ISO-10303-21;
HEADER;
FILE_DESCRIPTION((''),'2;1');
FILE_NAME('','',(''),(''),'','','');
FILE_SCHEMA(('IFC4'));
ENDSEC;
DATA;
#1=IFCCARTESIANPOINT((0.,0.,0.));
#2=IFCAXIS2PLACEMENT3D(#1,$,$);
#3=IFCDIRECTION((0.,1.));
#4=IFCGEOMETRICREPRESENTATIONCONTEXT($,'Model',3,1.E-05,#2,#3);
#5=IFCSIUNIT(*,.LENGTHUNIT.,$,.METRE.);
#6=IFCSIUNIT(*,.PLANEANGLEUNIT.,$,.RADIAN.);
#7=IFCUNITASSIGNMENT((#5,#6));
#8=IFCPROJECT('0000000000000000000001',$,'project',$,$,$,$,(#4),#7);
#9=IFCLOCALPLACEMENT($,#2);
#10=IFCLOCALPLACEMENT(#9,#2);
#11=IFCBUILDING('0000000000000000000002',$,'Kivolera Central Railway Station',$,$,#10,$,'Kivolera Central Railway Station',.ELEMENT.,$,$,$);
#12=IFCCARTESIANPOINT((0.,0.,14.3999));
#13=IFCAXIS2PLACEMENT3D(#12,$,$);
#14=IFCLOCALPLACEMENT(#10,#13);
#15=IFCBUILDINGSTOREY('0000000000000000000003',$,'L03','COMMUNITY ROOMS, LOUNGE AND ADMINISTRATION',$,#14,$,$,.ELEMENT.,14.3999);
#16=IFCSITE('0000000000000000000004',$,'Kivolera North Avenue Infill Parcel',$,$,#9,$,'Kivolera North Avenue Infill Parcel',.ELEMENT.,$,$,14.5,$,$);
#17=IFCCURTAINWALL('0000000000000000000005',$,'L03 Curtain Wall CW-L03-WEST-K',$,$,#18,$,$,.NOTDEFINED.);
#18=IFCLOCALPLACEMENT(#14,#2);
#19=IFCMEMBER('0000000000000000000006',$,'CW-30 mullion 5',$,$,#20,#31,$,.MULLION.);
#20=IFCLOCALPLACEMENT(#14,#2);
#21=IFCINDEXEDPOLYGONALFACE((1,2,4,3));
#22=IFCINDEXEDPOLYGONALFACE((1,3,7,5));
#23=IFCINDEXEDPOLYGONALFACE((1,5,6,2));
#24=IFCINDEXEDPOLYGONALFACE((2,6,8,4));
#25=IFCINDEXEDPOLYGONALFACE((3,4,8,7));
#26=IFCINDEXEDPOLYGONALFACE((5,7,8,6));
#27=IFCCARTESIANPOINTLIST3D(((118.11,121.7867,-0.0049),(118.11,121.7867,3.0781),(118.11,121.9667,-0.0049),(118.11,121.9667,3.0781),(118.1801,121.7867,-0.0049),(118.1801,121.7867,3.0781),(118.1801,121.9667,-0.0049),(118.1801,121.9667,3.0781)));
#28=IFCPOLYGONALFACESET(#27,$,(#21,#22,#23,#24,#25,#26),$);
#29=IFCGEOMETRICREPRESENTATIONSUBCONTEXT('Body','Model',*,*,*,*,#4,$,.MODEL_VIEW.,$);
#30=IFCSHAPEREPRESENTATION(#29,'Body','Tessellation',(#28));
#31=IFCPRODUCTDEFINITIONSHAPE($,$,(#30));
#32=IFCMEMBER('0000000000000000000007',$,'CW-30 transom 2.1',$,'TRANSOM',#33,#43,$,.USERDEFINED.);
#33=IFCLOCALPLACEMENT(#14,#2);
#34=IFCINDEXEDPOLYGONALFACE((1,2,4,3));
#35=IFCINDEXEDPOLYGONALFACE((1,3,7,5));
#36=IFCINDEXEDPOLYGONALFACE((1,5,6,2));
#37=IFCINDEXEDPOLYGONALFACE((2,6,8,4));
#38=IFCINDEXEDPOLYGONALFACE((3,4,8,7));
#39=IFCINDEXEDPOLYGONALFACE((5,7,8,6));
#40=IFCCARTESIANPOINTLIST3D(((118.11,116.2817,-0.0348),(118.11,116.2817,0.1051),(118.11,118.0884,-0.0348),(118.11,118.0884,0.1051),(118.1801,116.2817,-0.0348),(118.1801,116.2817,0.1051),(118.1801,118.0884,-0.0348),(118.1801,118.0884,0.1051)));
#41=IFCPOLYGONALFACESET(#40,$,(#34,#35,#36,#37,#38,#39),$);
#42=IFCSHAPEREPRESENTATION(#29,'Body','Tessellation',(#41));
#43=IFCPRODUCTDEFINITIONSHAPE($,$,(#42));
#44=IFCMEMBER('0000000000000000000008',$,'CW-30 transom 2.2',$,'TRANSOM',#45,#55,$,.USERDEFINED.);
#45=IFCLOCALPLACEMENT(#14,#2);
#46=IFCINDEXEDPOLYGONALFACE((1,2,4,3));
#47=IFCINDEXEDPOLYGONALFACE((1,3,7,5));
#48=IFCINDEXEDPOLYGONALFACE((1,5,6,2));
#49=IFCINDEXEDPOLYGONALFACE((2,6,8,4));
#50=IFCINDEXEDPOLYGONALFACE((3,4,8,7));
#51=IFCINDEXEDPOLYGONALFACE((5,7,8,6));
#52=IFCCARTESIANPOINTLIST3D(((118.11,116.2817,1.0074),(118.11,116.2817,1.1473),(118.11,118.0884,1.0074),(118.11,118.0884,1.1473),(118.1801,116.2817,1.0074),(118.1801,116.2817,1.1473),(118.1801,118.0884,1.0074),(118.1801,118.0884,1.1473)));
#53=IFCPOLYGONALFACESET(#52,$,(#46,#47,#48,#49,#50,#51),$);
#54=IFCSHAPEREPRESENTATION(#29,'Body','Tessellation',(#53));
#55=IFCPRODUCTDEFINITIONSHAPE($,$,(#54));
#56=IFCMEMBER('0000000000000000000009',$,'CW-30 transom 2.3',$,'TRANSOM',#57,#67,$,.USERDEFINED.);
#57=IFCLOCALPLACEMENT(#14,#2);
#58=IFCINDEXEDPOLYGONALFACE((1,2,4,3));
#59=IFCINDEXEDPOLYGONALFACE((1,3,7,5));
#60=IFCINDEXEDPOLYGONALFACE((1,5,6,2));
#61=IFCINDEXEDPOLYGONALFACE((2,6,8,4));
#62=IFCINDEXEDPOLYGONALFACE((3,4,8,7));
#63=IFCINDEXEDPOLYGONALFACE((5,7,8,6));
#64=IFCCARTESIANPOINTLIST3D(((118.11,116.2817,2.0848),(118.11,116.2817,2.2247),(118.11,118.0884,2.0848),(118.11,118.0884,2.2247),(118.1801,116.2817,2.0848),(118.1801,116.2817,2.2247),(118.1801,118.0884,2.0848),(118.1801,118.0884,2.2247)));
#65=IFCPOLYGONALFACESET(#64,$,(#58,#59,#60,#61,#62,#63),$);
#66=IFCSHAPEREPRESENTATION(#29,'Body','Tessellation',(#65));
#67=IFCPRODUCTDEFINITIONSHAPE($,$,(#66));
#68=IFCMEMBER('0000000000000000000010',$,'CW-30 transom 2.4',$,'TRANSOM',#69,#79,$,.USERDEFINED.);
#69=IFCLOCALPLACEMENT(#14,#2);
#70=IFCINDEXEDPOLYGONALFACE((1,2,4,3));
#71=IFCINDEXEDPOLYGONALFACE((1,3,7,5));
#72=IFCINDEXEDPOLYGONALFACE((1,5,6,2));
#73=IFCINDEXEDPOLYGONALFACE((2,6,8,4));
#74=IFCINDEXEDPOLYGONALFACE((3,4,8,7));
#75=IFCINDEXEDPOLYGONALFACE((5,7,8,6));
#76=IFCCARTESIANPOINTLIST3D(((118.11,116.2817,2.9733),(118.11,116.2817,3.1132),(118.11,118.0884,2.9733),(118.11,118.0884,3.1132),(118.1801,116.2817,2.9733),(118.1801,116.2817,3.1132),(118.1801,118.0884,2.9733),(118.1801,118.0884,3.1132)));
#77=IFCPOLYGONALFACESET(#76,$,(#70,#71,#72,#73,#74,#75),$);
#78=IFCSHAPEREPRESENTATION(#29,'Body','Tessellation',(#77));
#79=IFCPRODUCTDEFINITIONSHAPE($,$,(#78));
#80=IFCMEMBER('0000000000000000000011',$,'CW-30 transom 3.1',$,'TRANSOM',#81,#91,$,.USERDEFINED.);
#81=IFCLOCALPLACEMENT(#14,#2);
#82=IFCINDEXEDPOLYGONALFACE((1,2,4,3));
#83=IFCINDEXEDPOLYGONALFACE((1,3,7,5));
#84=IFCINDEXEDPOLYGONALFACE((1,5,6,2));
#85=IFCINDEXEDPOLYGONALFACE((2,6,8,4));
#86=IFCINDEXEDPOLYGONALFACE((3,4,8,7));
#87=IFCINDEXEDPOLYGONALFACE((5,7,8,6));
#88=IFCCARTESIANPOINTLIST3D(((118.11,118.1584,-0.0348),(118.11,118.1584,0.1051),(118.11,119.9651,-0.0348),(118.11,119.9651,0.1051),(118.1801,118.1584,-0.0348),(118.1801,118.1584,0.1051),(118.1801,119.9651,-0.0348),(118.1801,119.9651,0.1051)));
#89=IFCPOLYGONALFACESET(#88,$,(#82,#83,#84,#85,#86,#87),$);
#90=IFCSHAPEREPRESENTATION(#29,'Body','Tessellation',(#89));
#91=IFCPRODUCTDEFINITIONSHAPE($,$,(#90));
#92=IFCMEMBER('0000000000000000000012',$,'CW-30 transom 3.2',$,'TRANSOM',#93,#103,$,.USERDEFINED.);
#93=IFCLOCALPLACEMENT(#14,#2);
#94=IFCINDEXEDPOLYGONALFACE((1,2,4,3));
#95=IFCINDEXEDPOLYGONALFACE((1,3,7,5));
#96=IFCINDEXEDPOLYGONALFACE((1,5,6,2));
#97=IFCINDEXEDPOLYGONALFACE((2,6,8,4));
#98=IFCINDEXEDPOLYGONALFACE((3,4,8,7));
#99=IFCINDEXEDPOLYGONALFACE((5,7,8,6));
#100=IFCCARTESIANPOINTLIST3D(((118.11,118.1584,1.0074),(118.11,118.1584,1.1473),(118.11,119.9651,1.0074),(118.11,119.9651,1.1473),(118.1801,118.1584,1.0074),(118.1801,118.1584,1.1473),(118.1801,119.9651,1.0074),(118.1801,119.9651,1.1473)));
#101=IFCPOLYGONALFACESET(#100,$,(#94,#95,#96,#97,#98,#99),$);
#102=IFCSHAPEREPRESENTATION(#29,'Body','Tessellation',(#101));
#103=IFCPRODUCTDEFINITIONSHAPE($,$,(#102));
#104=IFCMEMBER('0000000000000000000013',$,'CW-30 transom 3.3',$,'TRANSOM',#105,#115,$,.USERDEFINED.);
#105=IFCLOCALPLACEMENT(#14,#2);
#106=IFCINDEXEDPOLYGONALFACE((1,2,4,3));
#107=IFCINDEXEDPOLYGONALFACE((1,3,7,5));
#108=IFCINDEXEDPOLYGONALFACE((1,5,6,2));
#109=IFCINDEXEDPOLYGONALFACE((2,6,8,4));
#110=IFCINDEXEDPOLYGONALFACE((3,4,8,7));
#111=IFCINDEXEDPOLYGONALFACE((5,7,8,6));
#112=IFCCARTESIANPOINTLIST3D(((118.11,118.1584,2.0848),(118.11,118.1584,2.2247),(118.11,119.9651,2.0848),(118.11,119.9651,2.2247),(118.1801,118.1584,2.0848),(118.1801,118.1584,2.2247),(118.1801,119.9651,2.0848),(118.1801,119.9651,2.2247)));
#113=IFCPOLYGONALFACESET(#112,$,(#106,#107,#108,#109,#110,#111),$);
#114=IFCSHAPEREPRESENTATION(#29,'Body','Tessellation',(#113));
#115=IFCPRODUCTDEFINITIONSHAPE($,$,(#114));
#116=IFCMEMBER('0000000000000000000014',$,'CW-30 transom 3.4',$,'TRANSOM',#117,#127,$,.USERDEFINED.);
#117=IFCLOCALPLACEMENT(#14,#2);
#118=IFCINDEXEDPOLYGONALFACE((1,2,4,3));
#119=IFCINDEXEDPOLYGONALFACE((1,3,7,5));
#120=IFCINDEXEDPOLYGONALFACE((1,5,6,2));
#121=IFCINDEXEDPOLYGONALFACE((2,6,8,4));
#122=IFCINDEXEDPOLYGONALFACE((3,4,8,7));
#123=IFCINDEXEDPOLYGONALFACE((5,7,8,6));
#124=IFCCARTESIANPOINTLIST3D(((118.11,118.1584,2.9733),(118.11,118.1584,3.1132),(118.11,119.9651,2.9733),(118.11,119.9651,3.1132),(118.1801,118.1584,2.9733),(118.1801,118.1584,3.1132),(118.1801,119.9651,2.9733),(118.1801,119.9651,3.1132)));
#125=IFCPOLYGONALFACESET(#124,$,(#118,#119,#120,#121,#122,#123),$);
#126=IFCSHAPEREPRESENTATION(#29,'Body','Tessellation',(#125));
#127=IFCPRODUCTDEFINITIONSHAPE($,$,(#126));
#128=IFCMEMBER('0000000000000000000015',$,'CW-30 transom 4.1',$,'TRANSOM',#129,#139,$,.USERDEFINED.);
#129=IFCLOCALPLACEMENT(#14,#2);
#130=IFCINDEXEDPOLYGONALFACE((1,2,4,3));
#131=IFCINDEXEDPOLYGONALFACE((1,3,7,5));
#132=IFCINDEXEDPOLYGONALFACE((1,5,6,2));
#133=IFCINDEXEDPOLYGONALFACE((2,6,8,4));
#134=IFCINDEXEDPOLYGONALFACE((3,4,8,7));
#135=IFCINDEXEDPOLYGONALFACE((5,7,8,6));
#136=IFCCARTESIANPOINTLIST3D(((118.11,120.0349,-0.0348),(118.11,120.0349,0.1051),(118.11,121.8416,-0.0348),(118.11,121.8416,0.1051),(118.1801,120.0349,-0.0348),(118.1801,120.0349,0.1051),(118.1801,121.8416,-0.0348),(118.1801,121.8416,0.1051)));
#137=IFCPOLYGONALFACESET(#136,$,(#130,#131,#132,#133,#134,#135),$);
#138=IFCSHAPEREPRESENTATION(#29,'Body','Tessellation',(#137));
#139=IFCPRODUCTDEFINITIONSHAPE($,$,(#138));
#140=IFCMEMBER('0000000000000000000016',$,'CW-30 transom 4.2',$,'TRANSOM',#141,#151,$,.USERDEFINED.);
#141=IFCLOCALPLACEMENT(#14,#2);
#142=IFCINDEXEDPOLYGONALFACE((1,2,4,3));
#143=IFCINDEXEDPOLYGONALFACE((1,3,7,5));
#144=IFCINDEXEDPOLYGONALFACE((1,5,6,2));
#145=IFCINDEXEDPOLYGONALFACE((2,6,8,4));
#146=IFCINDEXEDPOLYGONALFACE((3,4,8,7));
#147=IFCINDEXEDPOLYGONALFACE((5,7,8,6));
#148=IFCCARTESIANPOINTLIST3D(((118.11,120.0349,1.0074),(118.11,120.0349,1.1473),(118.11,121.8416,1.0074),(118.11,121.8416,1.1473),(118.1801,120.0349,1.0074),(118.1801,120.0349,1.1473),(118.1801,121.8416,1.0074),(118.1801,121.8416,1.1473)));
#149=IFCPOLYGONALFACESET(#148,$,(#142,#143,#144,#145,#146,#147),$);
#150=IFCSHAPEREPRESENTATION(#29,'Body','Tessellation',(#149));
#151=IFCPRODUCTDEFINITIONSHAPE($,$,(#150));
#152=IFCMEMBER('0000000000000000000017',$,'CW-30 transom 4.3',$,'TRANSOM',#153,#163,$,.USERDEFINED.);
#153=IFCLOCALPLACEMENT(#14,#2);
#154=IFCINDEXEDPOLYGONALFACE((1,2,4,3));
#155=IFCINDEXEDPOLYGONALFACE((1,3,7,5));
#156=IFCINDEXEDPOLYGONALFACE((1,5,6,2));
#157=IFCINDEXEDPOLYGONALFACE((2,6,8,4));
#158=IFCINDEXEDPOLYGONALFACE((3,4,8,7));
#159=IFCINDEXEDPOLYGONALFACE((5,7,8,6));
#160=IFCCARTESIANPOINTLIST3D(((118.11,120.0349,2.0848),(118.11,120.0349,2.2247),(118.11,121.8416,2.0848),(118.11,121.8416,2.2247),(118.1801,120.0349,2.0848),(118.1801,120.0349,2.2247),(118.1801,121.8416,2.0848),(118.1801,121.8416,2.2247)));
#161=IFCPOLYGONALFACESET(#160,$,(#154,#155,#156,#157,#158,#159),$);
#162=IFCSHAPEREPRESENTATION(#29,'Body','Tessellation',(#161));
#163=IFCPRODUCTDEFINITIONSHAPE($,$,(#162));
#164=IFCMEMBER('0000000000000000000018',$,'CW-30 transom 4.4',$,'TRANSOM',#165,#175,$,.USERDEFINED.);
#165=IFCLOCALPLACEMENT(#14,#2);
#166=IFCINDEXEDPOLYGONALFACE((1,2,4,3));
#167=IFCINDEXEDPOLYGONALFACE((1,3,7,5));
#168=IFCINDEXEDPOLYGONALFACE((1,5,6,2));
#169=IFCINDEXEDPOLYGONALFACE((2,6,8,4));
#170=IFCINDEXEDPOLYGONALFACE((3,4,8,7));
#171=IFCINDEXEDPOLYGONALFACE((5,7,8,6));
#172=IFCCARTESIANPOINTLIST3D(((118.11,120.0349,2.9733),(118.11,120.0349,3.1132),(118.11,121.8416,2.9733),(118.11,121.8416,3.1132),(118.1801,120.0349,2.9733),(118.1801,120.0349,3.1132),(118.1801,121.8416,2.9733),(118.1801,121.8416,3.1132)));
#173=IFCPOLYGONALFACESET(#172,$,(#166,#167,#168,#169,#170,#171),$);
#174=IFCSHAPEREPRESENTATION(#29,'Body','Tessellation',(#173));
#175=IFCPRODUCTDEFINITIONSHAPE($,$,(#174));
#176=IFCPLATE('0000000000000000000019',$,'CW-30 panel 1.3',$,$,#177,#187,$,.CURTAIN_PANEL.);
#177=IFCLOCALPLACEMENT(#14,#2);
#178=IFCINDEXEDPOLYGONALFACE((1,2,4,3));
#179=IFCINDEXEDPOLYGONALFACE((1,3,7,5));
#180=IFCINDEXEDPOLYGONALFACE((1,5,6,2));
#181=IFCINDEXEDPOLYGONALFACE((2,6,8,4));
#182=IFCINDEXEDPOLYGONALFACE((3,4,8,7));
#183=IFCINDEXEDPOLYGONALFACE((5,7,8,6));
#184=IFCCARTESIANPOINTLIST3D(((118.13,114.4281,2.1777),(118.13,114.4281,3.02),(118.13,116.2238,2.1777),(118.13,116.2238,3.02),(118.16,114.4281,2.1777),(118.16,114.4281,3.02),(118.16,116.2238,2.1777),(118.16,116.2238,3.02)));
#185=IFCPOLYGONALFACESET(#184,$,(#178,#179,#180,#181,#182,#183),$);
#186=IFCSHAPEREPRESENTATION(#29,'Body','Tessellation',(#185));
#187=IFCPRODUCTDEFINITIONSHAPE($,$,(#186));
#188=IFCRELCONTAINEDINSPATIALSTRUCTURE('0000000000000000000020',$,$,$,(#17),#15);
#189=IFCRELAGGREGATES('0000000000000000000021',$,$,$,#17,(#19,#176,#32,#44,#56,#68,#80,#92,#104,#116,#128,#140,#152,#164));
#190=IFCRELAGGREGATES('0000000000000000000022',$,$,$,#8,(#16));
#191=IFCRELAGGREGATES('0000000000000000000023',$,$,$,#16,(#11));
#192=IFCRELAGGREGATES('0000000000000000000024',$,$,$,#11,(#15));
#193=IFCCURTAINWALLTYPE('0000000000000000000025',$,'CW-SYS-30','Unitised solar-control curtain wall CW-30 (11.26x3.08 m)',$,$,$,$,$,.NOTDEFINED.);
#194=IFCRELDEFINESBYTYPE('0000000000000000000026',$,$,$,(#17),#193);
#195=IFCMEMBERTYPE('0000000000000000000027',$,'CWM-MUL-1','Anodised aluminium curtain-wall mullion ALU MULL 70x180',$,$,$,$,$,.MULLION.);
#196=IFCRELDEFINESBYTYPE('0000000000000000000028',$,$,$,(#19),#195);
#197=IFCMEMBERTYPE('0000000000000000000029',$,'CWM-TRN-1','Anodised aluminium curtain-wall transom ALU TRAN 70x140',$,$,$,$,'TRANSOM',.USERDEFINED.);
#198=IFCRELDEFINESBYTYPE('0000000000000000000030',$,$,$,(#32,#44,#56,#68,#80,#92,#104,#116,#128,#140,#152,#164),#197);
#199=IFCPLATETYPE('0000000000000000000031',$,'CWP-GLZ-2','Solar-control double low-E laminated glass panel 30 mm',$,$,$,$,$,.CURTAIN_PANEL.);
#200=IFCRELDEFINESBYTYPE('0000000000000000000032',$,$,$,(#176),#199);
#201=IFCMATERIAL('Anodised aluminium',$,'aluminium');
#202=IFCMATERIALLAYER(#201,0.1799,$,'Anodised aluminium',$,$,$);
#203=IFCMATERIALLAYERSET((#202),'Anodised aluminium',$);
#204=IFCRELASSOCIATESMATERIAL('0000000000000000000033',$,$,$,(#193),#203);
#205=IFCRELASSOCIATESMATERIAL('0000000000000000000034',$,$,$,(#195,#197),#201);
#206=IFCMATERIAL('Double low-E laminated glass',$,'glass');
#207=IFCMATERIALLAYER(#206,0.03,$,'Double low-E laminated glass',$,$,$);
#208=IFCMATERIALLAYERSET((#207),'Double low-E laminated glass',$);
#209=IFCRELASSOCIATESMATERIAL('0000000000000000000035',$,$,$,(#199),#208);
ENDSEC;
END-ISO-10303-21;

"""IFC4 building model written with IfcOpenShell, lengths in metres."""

from ifc_helpers import new_model, si_unit, direction, frame, origin, origin_2d, place, context, subcontext, project, spatial, rectangle, extrude, material, layer, layer_set, material_profile, profile_set, type_object, element, aggregate, save


model = new_model("IFC4")

# Units and contexts
model_context = context("Model", 3, precision=1e-05, world=origin(), true_north=direction((0.0, 1.0)))
body_context = subcontext(model_context, "Body", "Model", "MODEL_VIEW")
ifc_project = project(units=[si_unit("LENGTHUNIT", "METRE"), si_unit("PLANEANGLEUNIT", "RADIAN")], contexts=[model_context])

# Site, building, storey
site_placement = place(None, origin())
site = spatial("IfcSite", under=ifc_project, at=site_placement, Name="Kivolera North Avenue Infill Parcel", LongName="Kivolera North Avenue Infill Parcel", CompositionType="ELEMENT", RefElevation=14.5)
building_placement = place(site_placement, origin())
building = spatial("IfcBuilding", under=site, at=building_placement, Name="Kivolera Central Railway Station", LongName="Kivolera Central Railway Station", CompositionType="ELEMENT")
storey_placement = place(building_placement, frame((0.0, 0.0, 14.3999)))
storey = spatial("IfcBuildingStorey", under=building, at=storey_placement, Name="L03", Description="COMMUNITY ROOMS, LOUNGE AND ADMINISTRATION", CompositionType="ELEMENT", Elevation=14.3999)

# Curtain wall, members, plate
ifc_material_1 = material(Name="Anodised aluminium", Category="aluminium")
ifc_layer_1 = layer(ifc_material_1, 0.1799, Name="Anodised aluminium")
ifc_layer_set_1 = layer_set([ifc_layer_1], Name="Anodised aluminium")
curtain_wall_type = type_object("IfcCurtainWallType", Name="CW-SYS-30", Description="Unitised solar-control curtain wall CW-30 (11.26x3.08 m)", PredefinedType="NOTDEFINED", material=ifc_layer_set_1)
curtain_wall_placement = place(storey_placement, origin())
curtain_wall = element("IfcCurtainWall", 1, at=curtain_wall_placement, inside=storey, type_object=curtain_wall_type, Name="L03 Curtain Wall CW-L03-WEST-K", PredefinedType="NOTDEFINED")
ifc_material_profile_1 = material_profile(ifc_material_1, rectangle(XDim=0.0701, YDim=0.1799, at=origin_2d()), Name="ALU MULL 70x180")
ifc_profile_set_1 = profile_set([ifc_material_profile_1], Name="Anodised aluminium")
member_type_1 = type_object("IfcMemberType", Name="CWM-MUL-1", Description="Anodised aluminium curtain-wall mullion ALU MULL 70x180", PredefinedType="MULLION", material=ifc_profile_set_1)
member_1_placement = place(storey_placement, frame((118.145, 121.8767, -0.0049), z_axis=(0.0, 0.0, 1.0), x_axis=(-1.0, 0.0, 0.0)))
member_1 = element("IfcMember", 2, at=member_1_placement, type_object=member_type_1, Name="CW-30 mullion 5", PredefinedType="MULLION", context=body_context, shape_type="SweptSolid", body=[
    extrude(rectangle(XDim=0.0701, YDim=0.1799, at=origin_2d()), origin(), (0.0, 0.0, 1.0), 3.083),
])
ifc_material_profile_2 = material_profile(ifc_material_1, rectangle(XDim=0.0701, YDim=0.1399, at=origin_2d()), Name="ALU TRAN 70x140")
ifc_profile_set_2 = profile_set([ifc_material_profile_2], Name="Anodised aluminium")
member_type_2 = type_object("IfcMemberType", Name="CWM-TRN-1", Description="Anodised aluminium curtain-wall transom ALU TRAN 70x140", ElementType="TRANSOM", PredefinedType="USERDEFINED", material=ifc_profile_set_2)
member_2_placement = place(storey_placement, frame((118.145, 116.2817, 0.0352), z_axis=(0.0, 1.0, 0.0), x_axis=(-1.0, 0.0, 0.0)))
member_2 = element("IfcMember", 3, at=member_2_placement, type_object=member_type_2, Name="CW-30 transom 2.1", ObjectType="TRANSOM", PredefinedType="USERDEFINED", context=body_context, shape_type="SweptSolid", body=[
    extrude(rectangle(XDim=0.0701, YDim=0.1399, at=origin_2d()), origin(), (0.0, 0.0, 1.0), 1.8066),
])
member_3_placement = place(storey_placement, frame((118.145, 116.2817, 1.0774), z_axis=(0.0, 1.0, 0.0), x_axis=(-1.0, 0.0, 0.0)))
member_3 = element("IfcMember", 4, at=member_3_placement, type_object=member_type_2, Name="CW-30 transom 2.2", ObjectType="TRANSOM", PredefinedType="USERDEFINED", context=body_context, shape_type="SweptSolid", body=[
    extrude(rectangle(XDim=0.0701, YDim=0.1399, at=origin_2d()), origin(), (0.0, 0.0, 1.0), 1.8066),
])
member_4_placement = place(storey_placement, frame((118.145, 116.2817, 2.1548), z_axis=(0.0, 1.0, 0.0), x_axis=(-1.0, 0.0, 0.0)))
member_4 = element("IfcMember", 5, at=member_4_placement, type_object=member_type_2, Name="CW-30 transom 2.3", ObjectType="TRANSOM", PredefinedType="USERDEFINED", context=body_context, shape_type="SweptSolid", body=[
    extrude(rectangle(XDim=0.0701, YDim=0.1399, at=origin_2d()), origin(), (0.0, 0.0, 1.0), 1.8066),
])
member_5_placement = place(storey_placement, frame((118.145, 116.2817, 3.0432), z_axis=(0.0, 1.0, 0.0), x_axis=(-1.0, 0.0, 0.0)))
member_5 = element("IfcMember", 6, at=member_5_placement, type_object=member_type_2, Name="CW-30 transom 2.4", ObjectType="TRANSOM", PredefinedType="USERDEFINED", context=body_context, shape_type="SweptSolid", body=[
    extrude(rectangle(XDim=0.0701, YDim=0.1399, at=origin_2d()), origin(), (0.0, 0.0, 1.0), 1.8066),
])
member_6_placement = place(storey_placement, frame((118.145, 118.1584, 0.0352), z_axis=(0.0, 1.0, 0.0), x_axis=(-1.0, 0.0, 0.0)))
member_6 = element("IfcMember", 7, at=member_6_placement, type_object=member_type_2, Name="CW-30 transom 3.1", ObjectType="TRANSOM", PredefinedType="USERDEFINED", context=body_context, shape_type="SweptSolid", body=[
    extrude(rectangle(XDim=0.0701, YDim=0.1399, at=origin_2d()), origin(), (0.0, 0.0, 1.0), 1.8066),
])
member_7_placement = place(storey_placement, frame((118.145, 118.1584, 1.0774), z_axis=(0.0, 1.0, 0.0), x_axis=(-1.0, 0.0, 0.0)))
member_7 = element("IfcMember", 8, at=member_7_placement, type_object=member_type_2, Name="CW-30 transom 3.2", ObjectType="TRANSOM", PredefinedType="USERDEFINED", context=body_context, shape_type="SweptSolid", body=[
    extrude(rectangle(XDim=0.0701, YDim=0.1399, at=origin_2d()), origin(), (0.0, 0.0, 1.0), 1.8066),
])
member_8_placement = place(storey_placement, frame((118.145, 118.1584, 2.1548), z_axis=(0.0, 1.0, 0.0), x_axis=(-1.0, 0.0, 0.0)))
member_8 = element("IfcMember", 9, at=member_8_placement, type_object=member_type_2, Name="CW-30 transom 3.3", ObjectType="TRANSOM", PredefinedType="USERDEFINED", context=body_context, shape_type="SweptSolid", body=[
    extrude(rectangle(XDim=0.0701, YDim=0.1399, at=origin_2d()), origin(), (0.0, 0.0, 1.0), 1.8066),
])
member_9_placement = place(storey_placement, frame((118.145, 118.1584, 3.0432), z_axis=(0.0, 1.0, 0.0), x_axis=(-1.0, 0.0, 0.0)))
member_9 = element("IfcMember", 10, at=member_9_placement, type_object=member_type_2, Name="CW-30 transom 3.4", ObjectType="TRANSOM", PredefinedType="USERDEFINED", context=body_context, shape_type="SweptSolid", body=[
    extrude(rectangle(XDim=0.0701, YDim=0.1399, at=origin_2d()), origin(), (0.0, 0.0, 1.0), 1.8066),
])
member_10_placement = place(storey_placement, frame((118.145, 120.0349, 0.0352), z_axis=(0.0, 1.0, 0.0), x_axis=(-1.0, 0.0, 0.0)))
member_10 = element("IfcMember", 11, at=member_10_placement, type_object=member_type_2, Name="CW-30 transom 4.1", ObjectType="TRANSOM", PredefinedType="USERDEFINED", context=body_context, shape_type="SweptSolid", body=[
    extrude(rectangle(XDim=0.0701, YDim=0.1399, at=origin_2d()), origin(), (0.0, 0.0, 1.0), 1.8066),
])
member_11_placement = place(storey_placement, frame((118.145, 120.0349, 1.0774), z_axis=(0.0, 1.0, 0.0), x_axis=(-1.0, 0.0, 0.0)))
member_11 = element("IfcMember", 12, at=member_11_placement, type_object=member_type_2, Name="CW-30 transom 4.2", ObjectType="TRANSOM", PredefinedType="USERDEFINED", context=body_context, shape_type="SweptSolid", body=[
    extrude(rectangle(XDim=0.0701, YDim=0.1399, at=origin_2d()), origin(), (0.0, 0.0, 1.0), 1.8066),
])
member_12_placement = place(storey_placement, frame((118.145, 120.0349, 2.1548), z_axis=(0.0, 1.0, 0.0), x_axis=(-1.0, 0.0, 0.0)))
member_12 = element("IfcMember", 13, at=member_12_placement, type_object=member_type_2, Name="CW-30 transom 4.3", ObjectType="TRANSOM", PredefinedType="USERDEFINED", context=body_context, shape_type="SweptSolid", body=[
    extrude(rectangle(XDim=0.0701, YDim=0.1399, at=origin_2d()), origin(), (0.0, 0.0, 1.0), 1.8066),
])
member_13_placement = place(storey_placement, frame((118.145, 120.0349, 3.0432), z_axis=(0.0, 1.0, 0.0), x_axis=(-1.0, 0.0, 0.0)))
member_13 = element("IfcMember", 14, at=member_13_placement, type_object=member_type_2, Name="CW-30 transom 4.4", ObjectType="TRANSOM", PredefinedType="USERDEFINED", context=body_context, shape_type="SweptSolid", body=[
    extrude(rectangle(XDim=0.0701, YDim=0.1399, at=origin_2d()), origin(), (0.0, 0.0, 1.0), 1.8066),
])
ifc_material_2 = material(Name="Double low-E laminated glass", Category="glass")
ifc_layer_2 = layer(ifc_material_2, 0.03, Name="Double low-E laminated glass")
ifc_layer_set_2 = layer_set([ifc_layer_2], Name="Double low-E laminated glass")
plate_type = type_object("IfcPlateType", Name="CWP-GLZ-2", Description="Solar-control double low-E laminated glass panel 30 mm", PredefinedType="CURTAIN_PANEL", material=ifc_layer_set_2)
plate_1_placement = place(storey_placement, frame((118.145, 115.3259, 2.1777), z_axis=(0.0, 0.0, 1.0), x_axis=(0.0, 1.0, 0.0)))
plate_1 = element("IfcPlate", 15, at=plate_1_placement, type_object=plate_type, Name="CW-30 panel 1.3", PredefinedType="CURTAIN_PANEL", context=body_context, shape_type="SweptSolid", body=[
    extrude(rectangle(XDim=1.7957, YDim=0.03, at=origin_2d()), origin(), (0.0, 0.0, 1.0), 0.8423),
])
aggregate(curtain_wall, [member_1, plate_1, member_2, member_3, member_4, member_5, member_6, member_7, member_8, member_9, member_10, member_11, member_12, member_13])

save(model, "model.ifc")
